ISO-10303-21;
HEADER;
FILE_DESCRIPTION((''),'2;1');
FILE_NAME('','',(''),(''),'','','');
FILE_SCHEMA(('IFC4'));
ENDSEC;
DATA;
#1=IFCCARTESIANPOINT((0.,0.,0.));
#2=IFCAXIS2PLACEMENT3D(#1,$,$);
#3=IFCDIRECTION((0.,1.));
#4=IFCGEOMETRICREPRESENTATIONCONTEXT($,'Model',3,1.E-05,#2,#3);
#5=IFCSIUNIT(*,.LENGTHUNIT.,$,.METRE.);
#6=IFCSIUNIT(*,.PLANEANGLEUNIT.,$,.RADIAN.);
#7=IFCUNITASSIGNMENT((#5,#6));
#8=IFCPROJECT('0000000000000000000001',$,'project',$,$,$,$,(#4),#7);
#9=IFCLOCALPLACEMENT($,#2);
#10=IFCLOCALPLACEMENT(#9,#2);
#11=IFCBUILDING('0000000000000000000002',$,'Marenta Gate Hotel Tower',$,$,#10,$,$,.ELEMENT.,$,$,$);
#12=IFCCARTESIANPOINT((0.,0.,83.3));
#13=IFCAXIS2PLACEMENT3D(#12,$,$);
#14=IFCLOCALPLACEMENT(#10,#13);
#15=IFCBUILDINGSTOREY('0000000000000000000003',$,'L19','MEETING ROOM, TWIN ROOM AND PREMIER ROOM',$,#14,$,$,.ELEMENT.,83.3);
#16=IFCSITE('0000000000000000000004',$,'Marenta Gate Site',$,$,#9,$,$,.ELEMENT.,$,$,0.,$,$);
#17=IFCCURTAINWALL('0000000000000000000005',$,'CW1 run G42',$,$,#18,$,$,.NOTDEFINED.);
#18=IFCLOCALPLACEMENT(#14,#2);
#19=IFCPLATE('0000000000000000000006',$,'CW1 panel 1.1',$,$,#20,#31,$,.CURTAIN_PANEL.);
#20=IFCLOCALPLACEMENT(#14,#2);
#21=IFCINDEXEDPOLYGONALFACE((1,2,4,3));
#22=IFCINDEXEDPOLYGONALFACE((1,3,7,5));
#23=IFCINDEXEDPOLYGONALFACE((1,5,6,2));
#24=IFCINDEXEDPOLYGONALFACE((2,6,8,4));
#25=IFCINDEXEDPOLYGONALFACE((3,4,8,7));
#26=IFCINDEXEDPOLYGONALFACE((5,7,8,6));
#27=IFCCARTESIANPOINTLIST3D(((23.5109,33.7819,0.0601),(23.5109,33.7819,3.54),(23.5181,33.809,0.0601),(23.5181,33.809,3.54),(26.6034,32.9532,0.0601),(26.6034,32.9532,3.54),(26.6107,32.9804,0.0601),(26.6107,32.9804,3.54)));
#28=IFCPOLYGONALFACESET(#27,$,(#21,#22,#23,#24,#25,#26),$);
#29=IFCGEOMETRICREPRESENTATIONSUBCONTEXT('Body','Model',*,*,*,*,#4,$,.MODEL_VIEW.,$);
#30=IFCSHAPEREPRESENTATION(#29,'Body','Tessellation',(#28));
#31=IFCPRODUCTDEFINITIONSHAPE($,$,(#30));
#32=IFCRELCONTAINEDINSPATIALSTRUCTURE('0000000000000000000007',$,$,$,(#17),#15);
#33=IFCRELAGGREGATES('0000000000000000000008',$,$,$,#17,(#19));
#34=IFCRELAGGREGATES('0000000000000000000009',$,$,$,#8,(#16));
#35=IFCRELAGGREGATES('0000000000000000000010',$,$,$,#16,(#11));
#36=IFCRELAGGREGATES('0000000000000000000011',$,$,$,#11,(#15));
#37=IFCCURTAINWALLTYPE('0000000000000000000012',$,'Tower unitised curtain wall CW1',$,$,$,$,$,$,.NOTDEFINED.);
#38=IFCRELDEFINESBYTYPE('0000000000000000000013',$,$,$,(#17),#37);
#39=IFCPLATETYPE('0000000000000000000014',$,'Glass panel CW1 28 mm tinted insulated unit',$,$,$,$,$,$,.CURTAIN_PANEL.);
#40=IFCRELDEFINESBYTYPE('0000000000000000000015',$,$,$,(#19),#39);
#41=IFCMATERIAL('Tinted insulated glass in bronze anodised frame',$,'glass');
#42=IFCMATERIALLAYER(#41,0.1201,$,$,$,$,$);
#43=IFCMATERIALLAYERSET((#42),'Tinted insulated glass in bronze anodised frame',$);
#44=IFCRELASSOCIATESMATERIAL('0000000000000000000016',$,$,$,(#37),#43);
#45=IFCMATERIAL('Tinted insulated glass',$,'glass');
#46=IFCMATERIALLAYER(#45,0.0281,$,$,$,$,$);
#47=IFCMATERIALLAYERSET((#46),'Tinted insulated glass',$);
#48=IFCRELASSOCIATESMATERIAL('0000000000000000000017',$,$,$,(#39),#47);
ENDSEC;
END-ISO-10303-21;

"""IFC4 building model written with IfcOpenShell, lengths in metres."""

from ifc_helpers import new_model, si_unit, direction, frame, origin, origin_2d, place, context, subcontext, project, spatial, rectangle, extrude, material, layer, layer_set, type_object, element, aggregate, save


model = new_model("IFC4")

# Units and contexts
model_context = context("Model", 3, precision=1e-05, world=origin(), true_north=direction((0.0, 1.0)))
body_context = subcontext(model_context, "Body", "Model", "MODEL_VIEW")
ifc_project = project(units=[si_unit("LENGTHUNIT", "METRE"), si_unit("PLANEANGLEUNIT", "RADIAN")], contexts=[model_context])

# Site, building, storey
site_placement = place(None, origin())
site = spatial("IfcSite", under=ifc_project, at=site_placement, Name="Marenta Gate Site", CompositionType="ELEMENT", RefElevation=0.0)
building_placement = place(site_placement, origin())
building = spatial("IfcBuilding", under=site, at=building_placement, Name="Marenta Gate Hotel Tower", CompositionType="ELEMENT")
storey_placement = place(building_placement, frame((0.0, 0.0, 83.3)))
storey = spatial("IfcBuildingStorey", under=building, at=storey_placement, Name="L19", Description="MEETING ROOM, TWIN ROOM AND PREMIER ROOM", CompositionType="ELEMENT", Elevation=83.3)

# Curtain wall
ifc_material_1 = material(Name="Tinted insulated glass in bronze anodised frame", Category="glass")
ifc_layer_1 = layer(ifc_material_1, 0.1201)
ifc_layer_set_1 = layer_set([ifc_layer_1], Name="Tinted insulated glass in bronze anodised frame")
curtain_wall_type = type_object("IfcCurtainWallType", Name="Tower unitised curtain wall CW1", PredefinedType="NOTDEFINED", material=ifc_layer_set_1)
curtain_wall_1_placement = place(storey_placement, origin())
curtain_wall_1 = element("IfcCurtainWall", 1, at=curtain_wall_1_placement, inside=storey, type_object=curtain_wall_type, Name="CW1 run G42", PredefinedType="NOTDEFINED")

# Shared definitions
ifc_material_2 = material(Name="Tinted insulated glass", Category="glass")
ifc_layer_2 = layer(ifc_material_2, 0.0281)
ifc_layer_set_2 = layer_set([ifc_layer_2], Name="Tinted insulated glass")
plate_type = type_object("IfcPlateType", Name="Glass panel CW1 28 mm tinted insulated unit", PredefinedType="CURTAIN_PANEL", material=ifc_layer_set_2)

# Plate
plate_1_placement = place(storey_placement, frame((25.0608, 33.3811, 0.0601), z_axis=(0.0, 0.0, 1.0), x_axis=(-0.965929, 0.258807, 0.0)))
plate_1 = element("IfcPlate", 2, at=plate_1_placement, type_object=plate_type, Name="CW1 panel 1.1", PredefinedType="CURTAIN_PANEL", context=body_context, shape_type="SweptSolid", body=[
    extrude(rectangle(XDim=3.2017, YDim=0.0281, at=origin_2d()), origin(), (0.0, 0.0, 1.0), 3.48),
])
aggregate(curtain_wall_1, [plate_1])

save(model, "model.ifc")
